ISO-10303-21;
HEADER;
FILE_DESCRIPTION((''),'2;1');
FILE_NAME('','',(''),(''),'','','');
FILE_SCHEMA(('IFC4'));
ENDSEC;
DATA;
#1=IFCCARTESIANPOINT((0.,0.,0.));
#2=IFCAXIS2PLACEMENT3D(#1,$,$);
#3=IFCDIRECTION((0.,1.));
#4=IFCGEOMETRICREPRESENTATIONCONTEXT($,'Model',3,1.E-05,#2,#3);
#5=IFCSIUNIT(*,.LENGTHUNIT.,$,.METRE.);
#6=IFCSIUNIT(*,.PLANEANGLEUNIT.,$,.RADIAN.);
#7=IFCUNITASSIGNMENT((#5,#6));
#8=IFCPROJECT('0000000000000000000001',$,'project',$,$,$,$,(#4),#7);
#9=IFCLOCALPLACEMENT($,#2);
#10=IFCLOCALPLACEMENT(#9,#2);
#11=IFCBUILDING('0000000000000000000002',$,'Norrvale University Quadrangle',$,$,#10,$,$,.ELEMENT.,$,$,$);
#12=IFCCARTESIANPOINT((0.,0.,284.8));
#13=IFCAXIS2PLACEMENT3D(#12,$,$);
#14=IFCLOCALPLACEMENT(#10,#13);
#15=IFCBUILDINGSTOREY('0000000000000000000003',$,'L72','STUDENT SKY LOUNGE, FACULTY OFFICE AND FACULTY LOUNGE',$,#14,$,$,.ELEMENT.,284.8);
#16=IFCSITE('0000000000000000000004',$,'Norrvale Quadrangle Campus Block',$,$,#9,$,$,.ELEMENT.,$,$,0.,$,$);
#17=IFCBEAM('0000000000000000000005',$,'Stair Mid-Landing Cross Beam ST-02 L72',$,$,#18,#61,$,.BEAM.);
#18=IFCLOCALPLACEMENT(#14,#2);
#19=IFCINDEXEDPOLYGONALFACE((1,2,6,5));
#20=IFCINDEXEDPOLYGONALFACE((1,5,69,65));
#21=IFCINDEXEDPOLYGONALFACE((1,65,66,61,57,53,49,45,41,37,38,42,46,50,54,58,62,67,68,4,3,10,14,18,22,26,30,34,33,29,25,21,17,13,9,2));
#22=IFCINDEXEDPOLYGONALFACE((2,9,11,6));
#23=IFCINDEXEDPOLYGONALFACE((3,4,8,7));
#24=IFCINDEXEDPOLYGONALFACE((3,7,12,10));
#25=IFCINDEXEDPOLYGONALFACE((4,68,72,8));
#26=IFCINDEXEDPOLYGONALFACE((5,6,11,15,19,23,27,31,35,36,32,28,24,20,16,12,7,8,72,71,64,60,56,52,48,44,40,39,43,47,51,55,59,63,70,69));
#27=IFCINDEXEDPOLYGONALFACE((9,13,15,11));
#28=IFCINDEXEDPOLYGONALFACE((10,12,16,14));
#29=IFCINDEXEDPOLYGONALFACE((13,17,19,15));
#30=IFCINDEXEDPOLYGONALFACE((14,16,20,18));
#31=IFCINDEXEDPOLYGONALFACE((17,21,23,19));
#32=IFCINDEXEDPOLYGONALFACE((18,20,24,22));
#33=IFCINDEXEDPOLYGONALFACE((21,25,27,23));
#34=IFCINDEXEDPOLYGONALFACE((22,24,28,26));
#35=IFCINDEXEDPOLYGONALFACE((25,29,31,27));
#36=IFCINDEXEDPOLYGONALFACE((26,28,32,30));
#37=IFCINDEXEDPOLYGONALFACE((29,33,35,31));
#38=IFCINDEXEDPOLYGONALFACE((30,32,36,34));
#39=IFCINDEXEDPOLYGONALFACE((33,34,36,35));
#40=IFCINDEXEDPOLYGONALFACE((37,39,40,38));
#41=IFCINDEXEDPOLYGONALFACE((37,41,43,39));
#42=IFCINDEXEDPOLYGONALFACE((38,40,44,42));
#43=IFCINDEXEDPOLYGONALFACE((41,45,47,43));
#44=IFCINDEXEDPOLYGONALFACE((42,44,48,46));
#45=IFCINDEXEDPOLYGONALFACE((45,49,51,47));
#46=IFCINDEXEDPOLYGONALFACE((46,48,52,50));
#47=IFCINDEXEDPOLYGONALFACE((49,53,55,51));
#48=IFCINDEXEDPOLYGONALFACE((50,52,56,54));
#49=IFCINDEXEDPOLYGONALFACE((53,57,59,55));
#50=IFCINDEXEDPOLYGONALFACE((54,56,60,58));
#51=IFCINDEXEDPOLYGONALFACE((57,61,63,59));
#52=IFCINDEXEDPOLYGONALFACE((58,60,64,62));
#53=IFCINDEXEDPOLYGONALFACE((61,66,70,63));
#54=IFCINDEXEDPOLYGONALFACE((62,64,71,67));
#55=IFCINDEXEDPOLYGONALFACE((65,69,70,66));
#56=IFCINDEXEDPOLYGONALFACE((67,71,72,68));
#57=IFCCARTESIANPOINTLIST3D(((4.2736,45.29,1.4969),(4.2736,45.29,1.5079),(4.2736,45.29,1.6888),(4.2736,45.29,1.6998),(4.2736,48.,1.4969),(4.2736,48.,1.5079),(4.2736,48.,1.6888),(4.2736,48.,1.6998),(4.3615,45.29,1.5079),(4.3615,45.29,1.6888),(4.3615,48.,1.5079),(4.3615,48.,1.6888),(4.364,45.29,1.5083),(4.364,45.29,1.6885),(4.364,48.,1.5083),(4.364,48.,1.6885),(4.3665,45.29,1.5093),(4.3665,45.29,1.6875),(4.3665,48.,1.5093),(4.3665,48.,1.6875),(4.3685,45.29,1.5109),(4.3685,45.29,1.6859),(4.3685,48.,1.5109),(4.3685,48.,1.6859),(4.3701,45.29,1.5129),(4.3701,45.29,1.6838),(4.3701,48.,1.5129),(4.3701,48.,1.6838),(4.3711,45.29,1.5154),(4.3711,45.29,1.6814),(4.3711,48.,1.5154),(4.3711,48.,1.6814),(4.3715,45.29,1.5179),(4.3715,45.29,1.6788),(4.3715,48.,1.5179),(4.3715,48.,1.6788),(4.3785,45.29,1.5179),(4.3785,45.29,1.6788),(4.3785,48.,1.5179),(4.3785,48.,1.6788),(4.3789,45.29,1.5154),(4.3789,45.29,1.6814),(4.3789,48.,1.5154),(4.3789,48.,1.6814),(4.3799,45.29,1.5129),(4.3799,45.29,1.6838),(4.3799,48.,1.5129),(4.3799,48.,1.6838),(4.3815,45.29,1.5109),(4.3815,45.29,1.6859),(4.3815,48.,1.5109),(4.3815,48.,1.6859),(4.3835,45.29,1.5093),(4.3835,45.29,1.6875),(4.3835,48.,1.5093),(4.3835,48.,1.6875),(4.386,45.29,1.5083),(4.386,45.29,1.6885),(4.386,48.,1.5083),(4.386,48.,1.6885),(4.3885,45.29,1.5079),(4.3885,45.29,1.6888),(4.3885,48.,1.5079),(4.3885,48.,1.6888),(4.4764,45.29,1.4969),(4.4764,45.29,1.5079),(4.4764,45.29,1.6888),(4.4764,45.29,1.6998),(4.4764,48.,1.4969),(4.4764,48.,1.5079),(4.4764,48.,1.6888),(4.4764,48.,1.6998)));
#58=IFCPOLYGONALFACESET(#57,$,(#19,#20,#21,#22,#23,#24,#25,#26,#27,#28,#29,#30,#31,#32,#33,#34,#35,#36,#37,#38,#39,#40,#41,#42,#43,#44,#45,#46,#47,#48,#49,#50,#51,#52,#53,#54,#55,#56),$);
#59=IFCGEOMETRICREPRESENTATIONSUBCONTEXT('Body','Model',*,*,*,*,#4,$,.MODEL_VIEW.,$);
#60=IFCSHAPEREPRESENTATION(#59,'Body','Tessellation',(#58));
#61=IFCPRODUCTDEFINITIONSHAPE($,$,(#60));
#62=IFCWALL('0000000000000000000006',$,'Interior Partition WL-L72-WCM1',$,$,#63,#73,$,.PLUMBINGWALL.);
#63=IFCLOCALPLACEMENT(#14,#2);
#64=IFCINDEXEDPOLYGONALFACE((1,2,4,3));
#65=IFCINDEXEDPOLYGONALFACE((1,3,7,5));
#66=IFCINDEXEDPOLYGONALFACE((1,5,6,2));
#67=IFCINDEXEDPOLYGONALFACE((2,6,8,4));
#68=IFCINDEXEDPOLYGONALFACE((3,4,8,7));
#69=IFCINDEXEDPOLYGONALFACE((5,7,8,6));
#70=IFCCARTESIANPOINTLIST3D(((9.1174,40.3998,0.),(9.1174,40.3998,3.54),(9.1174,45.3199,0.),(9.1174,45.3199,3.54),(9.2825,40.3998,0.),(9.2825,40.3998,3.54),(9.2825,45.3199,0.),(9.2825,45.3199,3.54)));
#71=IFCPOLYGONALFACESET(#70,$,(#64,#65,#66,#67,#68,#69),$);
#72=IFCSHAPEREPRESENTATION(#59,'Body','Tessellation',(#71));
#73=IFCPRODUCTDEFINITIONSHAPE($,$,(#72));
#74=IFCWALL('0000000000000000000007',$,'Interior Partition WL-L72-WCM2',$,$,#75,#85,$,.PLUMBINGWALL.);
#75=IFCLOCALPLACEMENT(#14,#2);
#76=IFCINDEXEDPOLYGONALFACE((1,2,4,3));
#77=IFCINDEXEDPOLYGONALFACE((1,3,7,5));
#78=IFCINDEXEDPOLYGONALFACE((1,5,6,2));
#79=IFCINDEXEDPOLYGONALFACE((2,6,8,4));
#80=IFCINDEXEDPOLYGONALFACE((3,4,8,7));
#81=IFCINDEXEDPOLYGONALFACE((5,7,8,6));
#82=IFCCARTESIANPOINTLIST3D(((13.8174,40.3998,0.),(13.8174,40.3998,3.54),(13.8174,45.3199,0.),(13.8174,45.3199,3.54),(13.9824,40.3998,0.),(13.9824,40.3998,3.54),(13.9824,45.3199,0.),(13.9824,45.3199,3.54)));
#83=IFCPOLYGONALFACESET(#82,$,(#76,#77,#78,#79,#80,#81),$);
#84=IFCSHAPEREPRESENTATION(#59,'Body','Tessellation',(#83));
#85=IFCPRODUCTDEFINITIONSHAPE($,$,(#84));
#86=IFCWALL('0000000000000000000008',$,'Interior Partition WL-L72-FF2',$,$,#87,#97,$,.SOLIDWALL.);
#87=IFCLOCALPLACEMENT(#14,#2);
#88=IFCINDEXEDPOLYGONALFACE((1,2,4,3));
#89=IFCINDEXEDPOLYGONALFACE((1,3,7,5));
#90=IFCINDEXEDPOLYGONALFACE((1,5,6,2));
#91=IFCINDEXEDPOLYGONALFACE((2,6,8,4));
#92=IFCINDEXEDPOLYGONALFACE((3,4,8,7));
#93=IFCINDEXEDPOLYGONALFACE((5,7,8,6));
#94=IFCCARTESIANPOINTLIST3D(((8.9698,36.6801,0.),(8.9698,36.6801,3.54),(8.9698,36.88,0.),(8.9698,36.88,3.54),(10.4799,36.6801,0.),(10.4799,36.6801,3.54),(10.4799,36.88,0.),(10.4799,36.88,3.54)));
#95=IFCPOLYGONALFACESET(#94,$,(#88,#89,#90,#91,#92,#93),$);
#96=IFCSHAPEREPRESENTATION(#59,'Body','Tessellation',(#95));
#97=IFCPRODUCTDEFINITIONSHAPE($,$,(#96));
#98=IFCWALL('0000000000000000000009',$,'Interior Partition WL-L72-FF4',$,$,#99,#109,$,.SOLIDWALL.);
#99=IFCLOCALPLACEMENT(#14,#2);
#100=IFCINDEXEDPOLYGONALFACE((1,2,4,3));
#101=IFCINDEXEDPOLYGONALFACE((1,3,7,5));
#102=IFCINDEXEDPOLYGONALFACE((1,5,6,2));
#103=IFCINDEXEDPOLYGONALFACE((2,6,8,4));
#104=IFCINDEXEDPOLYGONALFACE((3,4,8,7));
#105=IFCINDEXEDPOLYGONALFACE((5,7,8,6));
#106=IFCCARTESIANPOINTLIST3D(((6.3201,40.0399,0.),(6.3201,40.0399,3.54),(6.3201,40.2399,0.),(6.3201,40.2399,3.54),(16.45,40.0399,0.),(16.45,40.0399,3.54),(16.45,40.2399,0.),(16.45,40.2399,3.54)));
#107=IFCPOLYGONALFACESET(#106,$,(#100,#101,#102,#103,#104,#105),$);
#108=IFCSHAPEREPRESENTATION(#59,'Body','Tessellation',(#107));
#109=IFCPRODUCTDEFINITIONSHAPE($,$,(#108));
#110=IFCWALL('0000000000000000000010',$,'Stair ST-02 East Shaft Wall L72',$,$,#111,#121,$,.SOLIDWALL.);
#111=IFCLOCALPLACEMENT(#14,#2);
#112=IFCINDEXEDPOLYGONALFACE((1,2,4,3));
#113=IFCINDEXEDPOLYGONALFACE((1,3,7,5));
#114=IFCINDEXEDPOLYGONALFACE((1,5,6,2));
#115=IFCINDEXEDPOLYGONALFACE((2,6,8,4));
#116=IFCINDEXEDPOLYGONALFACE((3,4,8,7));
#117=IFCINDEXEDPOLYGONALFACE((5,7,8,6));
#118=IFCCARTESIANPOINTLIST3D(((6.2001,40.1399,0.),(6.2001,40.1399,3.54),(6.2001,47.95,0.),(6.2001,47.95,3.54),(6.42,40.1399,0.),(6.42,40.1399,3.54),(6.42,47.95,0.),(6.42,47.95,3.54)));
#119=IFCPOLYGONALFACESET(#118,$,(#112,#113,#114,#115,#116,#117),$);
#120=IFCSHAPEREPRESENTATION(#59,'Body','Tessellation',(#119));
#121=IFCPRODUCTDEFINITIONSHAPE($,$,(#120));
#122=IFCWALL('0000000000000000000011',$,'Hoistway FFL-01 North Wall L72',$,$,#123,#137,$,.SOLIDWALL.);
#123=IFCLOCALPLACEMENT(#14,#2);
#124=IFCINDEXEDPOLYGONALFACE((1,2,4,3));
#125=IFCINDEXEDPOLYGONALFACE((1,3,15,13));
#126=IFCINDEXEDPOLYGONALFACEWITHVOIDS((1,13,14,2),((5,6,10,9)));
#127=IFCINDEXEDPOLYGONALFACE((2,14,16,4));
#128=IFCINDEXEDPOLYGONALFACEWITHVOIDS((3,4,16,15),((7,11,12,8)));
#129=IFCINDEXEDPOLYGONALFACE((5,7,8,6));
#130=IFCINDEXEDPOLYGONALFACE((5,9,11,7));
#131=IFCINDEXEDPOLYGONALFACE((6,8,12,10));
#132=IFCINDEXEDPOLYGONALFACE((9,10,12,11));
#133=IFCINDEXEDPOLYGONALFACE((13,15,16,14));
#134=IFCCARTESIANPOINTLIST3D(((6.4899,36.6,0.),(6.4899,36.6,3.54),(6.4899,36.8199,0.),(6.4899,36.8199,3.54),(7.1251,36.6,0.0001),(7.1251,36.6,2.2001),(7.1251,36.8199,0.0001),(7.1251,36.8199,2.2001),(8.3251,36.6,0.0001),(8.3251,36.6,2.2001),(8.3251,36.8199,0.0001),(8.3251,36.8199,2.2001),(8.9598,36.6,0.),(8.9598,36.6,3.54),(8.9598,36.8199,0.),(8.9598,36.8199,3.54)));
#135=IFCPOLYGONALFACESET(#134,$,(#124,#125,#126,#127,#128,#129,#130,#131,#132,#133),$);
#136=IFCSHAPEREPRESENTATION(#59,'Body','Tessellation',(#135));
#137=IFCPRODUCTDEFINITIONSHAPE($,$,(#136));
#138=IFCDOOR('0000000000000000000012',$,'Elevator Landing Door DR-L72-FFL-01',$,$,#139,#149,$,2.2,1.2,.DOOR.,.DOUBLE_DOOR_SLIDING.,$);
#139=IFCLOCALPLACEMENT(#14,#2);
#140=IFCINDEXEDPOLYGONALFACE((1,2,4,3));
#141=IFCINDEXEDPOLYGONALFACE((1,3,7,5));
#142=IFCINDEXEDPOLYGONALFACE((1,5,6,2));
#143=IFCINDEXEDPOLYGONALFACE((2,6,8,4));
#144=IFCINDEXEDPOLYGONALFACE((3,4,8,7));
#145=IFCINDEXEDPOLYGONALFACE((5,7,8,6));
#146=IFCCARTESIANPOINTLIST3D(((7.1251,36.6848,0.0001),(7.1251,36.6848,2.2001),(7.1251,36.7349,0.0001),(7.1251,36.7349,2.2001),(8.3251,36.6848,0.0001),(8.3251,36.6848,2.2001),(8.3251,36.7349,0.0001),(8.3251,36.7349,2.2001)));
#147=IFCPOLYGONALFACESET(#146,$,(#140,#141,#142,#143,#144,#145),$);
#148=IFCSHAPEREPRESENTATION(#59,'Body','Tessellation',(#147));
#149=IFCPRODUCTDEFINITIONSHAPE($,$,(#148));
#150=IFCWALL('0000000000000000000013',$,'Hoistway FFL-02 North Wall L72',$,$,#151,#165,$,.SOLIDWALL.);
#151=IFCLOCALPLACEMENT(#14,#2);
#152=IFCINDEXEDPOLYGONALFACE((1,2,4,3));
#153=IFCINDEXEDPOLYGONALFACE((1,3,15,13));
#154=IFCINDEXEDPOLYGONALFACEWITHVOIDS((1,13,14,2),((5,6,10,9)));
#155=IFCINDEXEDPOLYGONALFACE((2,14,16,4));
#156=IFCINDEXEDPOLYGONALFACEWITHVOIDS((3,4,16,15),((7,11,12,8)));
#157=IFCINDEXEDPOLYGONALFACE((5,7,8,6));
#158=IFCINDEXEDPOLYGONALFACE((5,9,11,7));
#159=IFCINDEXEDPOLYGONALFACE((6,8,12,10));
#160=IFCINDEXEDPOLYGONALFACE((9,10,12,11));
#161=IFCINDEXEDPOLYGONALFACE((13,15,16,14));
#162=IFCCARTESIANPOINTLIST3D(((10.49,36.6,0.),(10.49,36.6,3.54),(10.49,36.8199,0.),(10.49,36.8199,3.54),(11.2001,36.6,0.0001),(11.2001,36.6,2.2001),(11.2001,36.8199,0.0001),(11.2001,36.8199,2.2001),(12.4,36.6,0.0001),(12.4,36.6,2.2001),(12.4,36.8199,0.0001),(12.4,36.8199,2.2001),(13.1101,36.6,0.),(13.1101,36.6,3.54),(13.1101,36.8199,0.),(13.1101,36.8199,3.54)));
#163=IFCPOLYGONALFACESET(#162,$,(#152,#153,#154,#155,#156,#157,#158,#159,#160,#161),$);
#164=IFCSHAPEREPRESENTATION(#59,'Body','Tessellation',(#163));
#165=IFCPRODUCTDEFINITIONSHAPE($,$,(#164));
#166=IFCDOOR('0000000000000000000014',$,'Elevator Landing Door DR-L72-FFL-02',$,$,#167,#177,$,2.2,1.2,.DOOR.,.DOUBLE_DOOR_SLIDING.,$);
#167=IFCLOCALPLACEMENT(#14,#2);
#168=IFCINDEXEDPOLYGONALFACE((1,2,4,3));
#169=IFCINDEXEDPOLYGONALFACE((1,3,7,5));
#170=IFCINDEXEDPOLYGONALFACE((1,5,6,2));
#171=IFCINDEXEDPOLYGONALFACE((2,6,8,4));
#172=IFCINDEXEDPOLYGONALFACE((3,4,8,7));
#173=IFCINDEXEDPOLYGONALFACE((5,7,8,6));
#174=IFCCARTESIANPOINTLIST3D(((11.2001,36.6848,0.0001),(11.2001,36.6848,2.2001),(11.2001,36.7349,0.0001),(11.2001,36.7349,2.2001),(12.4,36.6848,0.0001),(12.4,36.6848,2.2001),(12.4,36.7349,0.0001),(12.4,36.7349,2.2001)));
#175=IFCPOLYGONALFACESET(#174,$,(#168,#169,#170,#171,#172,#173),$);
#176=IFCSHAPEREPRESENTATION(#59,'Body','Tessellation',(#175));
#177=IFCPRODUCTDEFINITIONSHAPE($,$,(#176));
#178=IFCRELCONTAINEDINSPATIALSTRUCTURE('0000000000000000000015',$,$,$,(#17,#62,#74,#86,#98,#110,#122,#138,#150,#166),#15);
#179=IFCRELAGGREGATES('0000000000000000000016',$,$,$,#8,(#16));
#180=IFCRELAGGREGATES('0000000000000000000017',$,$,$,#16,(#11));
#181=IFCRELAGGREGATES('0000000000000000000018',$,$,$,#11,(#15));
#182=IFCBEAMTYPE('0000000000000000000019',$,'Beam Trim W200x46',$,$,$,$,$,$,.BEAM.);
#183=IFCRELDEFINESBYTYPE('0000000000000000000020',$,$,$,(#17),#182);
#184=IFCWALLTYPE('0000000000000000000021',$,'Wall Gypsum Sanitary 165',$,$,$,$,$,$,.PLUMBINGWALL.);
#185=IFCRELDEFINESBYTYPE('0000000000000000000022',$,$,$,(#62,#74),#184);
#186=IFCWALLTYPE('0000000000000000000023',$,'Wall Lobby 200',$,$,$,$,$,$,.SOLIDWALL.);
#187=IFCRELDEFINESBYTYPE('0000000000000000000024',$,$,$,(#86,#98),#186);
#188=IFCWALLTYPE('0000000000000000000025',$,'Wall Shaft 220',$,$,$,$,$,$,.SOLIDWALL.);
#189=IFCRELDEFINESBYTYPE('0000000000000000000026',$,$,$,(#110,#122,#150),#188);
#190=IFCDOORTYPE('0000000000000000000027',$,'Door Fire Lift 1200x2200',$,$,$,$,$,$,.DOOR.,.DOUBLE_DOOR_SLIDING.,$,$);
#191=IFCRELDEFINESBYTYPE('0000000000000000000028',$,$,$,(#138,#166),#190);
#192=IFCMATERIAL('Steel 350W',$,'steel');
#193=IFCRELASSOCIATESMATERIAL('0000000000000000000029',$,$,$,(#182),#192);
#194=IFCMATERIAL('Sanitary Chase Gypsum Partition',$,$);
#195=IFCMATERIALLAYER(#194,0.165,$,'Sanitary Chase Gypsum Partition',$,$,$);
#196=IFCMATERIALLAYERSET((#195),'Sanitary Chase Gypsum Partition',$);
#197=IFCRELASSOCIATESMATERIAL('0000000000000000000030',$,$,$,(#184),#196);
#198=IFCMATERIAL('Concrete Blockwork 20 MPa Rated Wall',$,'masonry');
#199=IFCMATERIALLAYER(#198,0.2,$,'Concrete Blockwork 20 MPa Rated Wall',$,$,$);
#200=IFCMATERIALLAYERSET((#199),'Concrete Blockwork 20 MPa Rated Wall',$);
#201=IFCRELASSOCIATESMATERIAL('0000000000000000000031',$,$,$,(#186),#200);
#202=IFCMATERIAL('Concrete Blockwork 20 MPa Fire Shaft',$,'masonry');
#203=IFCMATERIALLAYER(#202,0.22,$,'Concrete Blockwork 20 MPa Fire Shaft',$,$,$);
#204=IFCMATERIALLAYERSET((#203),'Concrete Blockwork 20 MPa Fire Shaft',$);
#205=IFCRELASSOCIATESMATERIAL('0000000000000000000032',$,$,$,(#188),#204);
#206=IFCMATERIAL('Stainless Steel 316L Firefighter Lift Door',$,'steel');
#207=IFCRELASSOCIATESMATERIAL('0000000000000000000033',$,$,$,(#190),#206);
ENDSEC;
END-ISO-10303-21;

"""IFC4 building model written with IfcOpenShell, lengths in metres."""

from ifc_helpers import new_model, si_unit, direction, frame, frame_2d, origin, origin_2d, place, context, subcontext, project, spatial, rectangle, i_section, extrude, material, layer, layer_set, material_profile, profile_set, type_object, element, fill, save


model = new_model("IFC4")

# Units and contexts
model_context = context("Model", 3, precision=1e-05, world=origin(), true_north=direction((0.0, 1.0)))
body_context = subcontext(model_context, "Body", "Model", "MODEL_VIEW")
ifc_project = project(units=[si_unit("LENGTHUNIT", "METRE"), si_unit("PLANEANGLEUNIT", "RADIAN")], contexts=[model_context])

# Site, building, storey
site_placement = place(None, origin())
site = spatial("IfcSite", under=ifc_project, at=site_placement, Name="Norrvale Quadrangle Campus Block", CompositionType="ELEMENT", RefElevation=0.0)
building_placement = place(site_placement, origin())
building = spatial("IfcBuilding", under=site, at=building_placement, Name="Norrvale University Quadrangle", CompositionType="ELEMENT")
storey_placement = place(building_placement, frame((0.0, 0.0, 284.8)))
storey = spatial("IfcBuildingStorey", under=building, at=storey_placement, Name="L72", Description="STUDENT SKY LOUNGE, FACULTY OFFICE AND FACULTY LOUNGE", CompositionType="ELEMENT", Elevation=284.8)

# Beam
ifc_material_1 = material(Name="Steel 350W", Category="steel")
ifc_material_profile = material_profile(ifc_material_1, i_section(OverallWidth=0.2029, OverallDepth=0.2029, WebThickness=0.0071, FlangeThickness=0.011, FilletRadius=0.01, at=origin_2d()), Name="Steel 350W")
ifc_profile_set = profile_set([ifc_material_profile], Name="Steel 350W")
beam_type = type_object("IfcBeamType", Name="Beam Trim W200x46", PredefinedType="BEAM", material=ifc_profile_set)
beam_placement = place(storey_placement, frame((4.375, 45.29, 1.5984), z_axis=(0.0, 1.0, 0.0), x_axis=(-1.0, 0.0, 0.0)))
element("IfcBeam", 1, at=beam_placement, inside=storey, type_object=beam_type, Name="Stair Mid-Landing Cross Beam ST-02 L72", PredefinedType="BEAM", context=body_context, shape_type="SweptSolid", body=[
    extrude(i_section(OverallWidth=0.2029, OverallDepth=0.2029, WebThickness=0.0071, FlangeThickness=0.011, FilletRadius=0.01, at=origin_2d()), origin(), (0.0, 0.0, 1.0), 2.71),
])

# Shared definitions
ifc_material_2 = material(Name="Sanitary Chase Gypsum Partition")
ifc_layer_1 = layer(ifc_material_2, 0.165, Name="Sanitary Chase Gypsum Partition")
ifc_layer_set_1 = layer_set([ifc_layer_1], Name="Sanitary Chase Gypsum Partition")
wall_type_1 = type_object("IfcWallType", Name="Wall Gypsum Sanitary 165", PredefinedType="PLUMBINGWALL", material=ifc_layer_set_1)

# Walls
for number, where, z_axis, x_axis, name in (
    (2, (9.2, 40.3999, 0.0), (0.0, 0.0, 1.0), (0.0, 1.0, 0.0), "Interior Partition WL-L72-WCM1"),
    (3, (13.8999, 40.3999, 0.0), (0.0, 0.0, 1.0), (0.0, 1.0, 0.0), "Interior Partition WL-L72-WCM2"),
):
    element("IfcWall", number, at=place(storey_placement, frame(where, z_axis=z_axis, x_axis=x_axis)), inside=storey, type_object=wall_type_1, Name=name, PredefinedType="PLUMBINGWALL", context=body_context, shape_type="SweptSolid", body=[
        extrude(rectangle(XDim=4.9202, YDim=0.165, at=frame_2d((2.46, 0.0))), origin(), (0.0, 0.0, 1.0), 3.54),
    ])
ifc_material_3 = material(Name="Concrete Blockwork 20 MPa Rated Wall", Category="masonry")
ifc_layer_2 = layer(ifc_material_3, 0.2, Name="Concrete Blockwork 20 MPa Rated Wall")
ifc_layer_set_2 = layer_set([ifc_layer_2], Name="Concrete Blockwork 20 MPa Rated Wall")
wall_type_2 = type_object("IfcWallType", Name="Wall Lobby 200", PredefinedType="SOLIDWALL", material=ifc_layer_set_2)
wall_1_placement = place(storey_placement, frame((8.97, 36.78, 0.0), z_axis=(0.0, 0.0, 1.0), x_axis=(1.0, 0.0, 0.0)))
element("IfcWall", 4, at=wall_1_placement, inside=storey, type_object=wall_type_2, Name="Interior Partition WL-L72-FF2", PredefinedType="SOLIDWALL", context=body_context, shape_type="SweptSolid", body=[
    extrude(rectangle(XDim=1.51, YDim=0.2, at=frame_2d((0.7549, 0.0))), origin(), (0.0, 0.0, 1.0), 3.54),
])
wall_2_placement = place(storey_placement, frame((6.3201, 40.1399, 0.0), z_axis=(0.0, 0.0, 1.0), x_axis=(1.0, 0.0, 0.0)))
element("IfcWall", 5, at=wall_2_placement, inside=storey, type_object=wall_type_2, Name="Interior Partition WL-L72-FF4", PredefinedType="SOLIDWALL", context=body_context, shape_type="SweptSolid", body=[
    extrude(rectangle(XDim=10.1299, YDim=0.2, at=frame_2d((5.0649, 0.0))), origin(), (0.0, 0.0, 1.0), 3.54),
])
ifc_material_4 = material(Name="Concrete Blockwork 20 MPa Fire Shaft", Category="masonry")
ifc_layer_3 = layer(ifc_material_4, 0.22, Name="Concrete Blockwork 20 MPa Fire Shaft")
ifc_layer_set_3 = layer_set([ifc_layer_3], Name="Concrete Blockwork 20 MPa Fire Shaft")
wall_type_3 = type_object("IfcWallType", Name="Wall Shaft 220", PredefinedType="SOLIDWALL", material=ifc_layer_set_3)
wall_3_placement = place(storey_placement, frame((6.3101, 40.1399, 0.0), z_axis=(0.0, 0.0, 1.0), x_axis=(0.0, 1.0, 0.0)))
element("IfcWall", 6, at=wall_3_placement, inside=storey, type_object=wall_type_3, Name="Stair ST-02 East Shaft Wall L72", PredefinedType="SOLIDWALL", context=body_context, shape_type="SweptSolid", body=[
    extrude(rectangle(XDim=7.8101, YDim=0.22, at=frame_2d((3.905, 0.0))), origin(), (0.0, 0.0, 1.0), 3.54),
])

# Walls, openings, doors
wall_4_placement = place(storey_placement, frame((6.49, 36.71, 0.0), z_axis=(0.0, 0.0, 1.0), x_axis=(1.0, 0.0, 0.0)))
wall_4 = element("IfcWall", 7, at=wall_4_placement, inside=storey, type_object=wall_type_3, Name="Hoistway FFL-01 North Wall L72", PredefinedType="SOLIDWALL", context=body_context, shape_type="SweptSolid", body=[
    extrude(rectangle(XDim=2.47, YDim=0.22, at=frame_2d((1.2349, 0.0))), origin(), (0.0, 0.0, 1.0), 3.54),
])
opening_1_placement = place(wall_4_placement, frame((0.635, 0.0, 0.0)))
opening_1 = element("IfcOpeningElement", 8, at=opening_1_placement, cuts=wall_4, PredefinedType="OPENING", context=body_context, shape_type="SweptSolid", body=[
    extrude(rectangle(XDim=1.2, YDim=2.2, at=frame_2d((0.6001, 1.1001))), frame((0.0, 0.1221, 0.0), z_axis=(0.0, -1.0, 0.0), x_axis=(1.0, 0.0, 0.0)), (0.0, 0.0, 1.0), 0.2439),
])
ifc_material_5 = material(Name="Stainless Steel 316L Firefighter Lift Door", Category="steel")
door_type_1 = type_object("IfcDoorType", Name="Door Fire Lift 1200x2200", OperationType="DOUBLE_DOOR_SLIDING", PredefinedType="DOOR", material=ifc_material_5)
door_1_placement = place(opening_1_placement, origin())
door_1 = element("IfcDoor", 9, at=door_1_placement, inside=storey, type_object=door_type_1, Name="Elevator Landing Door DR-L72-FFL-01", OperationType="DOUBLE_DOOR_SLIDING", OverallHeight=2.2, OverallWidth=1.2, PredefinedType="DOOR", context=body_context, shape_type="SweptSolid", body=[
    extrude(rectangle(XDim=1.2, YDim=2.2, at=frame_2d((0.6001, 1.1001))), frame((0.0, 0.0249, 0.0), z_axis=(0.0, -1.0, 0.0), x_axis=(1.0, 0.0, 0.0)), (0.0, 0.0, 1.0), 0.05),
])
fill(opening_1, door_1)
wall_5_placement = place(storey_placement, frame((10.49, 36.71, 0.0), z_axis=(0.0, 0.0, 1.0), x_axis=(1.0, 0.0, 0.0)))
wall_5 = element("IfcWall", 10, at=wall_5_placement, inside=storey, type_object=wall_type_3, Name="Hoistway FFL-02 North Wall L72", PredefinedType="SOLIDWALL", context=body_context, shape_type="SweptSolid", body=[
    extrude(rectangle(XDim=2.6201, YDim=0.22, at=frame_2d((1.3101, 0.0))), origin(), (0.0, 0.0, 1.0), 3.54),
])
opening_2_placement = place(wall_5_placement, frame((0.71, 0.0, 0.0)))
opening_2 = element("IfcOpeningElement", 11, at=opening_2_placement, cuts=wall_5, PredefinedType="OPENING", context=body_context, shape_type="SweptSolid", body=[
    extrude(rectangle(XDim=1.2, YDim=2.2, at=frame_2d((0.6001, 1.1001))), frame((0.0, 0.1221, 0.0), z_axis=(0.0, -1.0, 0.0), x_axis=(1.0, 0.0, 0.0)), (0.0, 0.0, 1.0), 0.2439),
])
door_2_placement = place(opening_2_placement, origin())
door_2 = element("IfcDoor", 12, at=door_2_placement, inside=storey, type_object=door_type_1, Name="Elevator Landing Door DR-L72-FFL-02", OperationType="DOUBLE_DOOR_SLIDING", OverallHeight=2.2, OverallWidth=1.2, PredefinedType="DOOR", context=body_context, shape_type="SweptSolid", body=[
    extrude(rectangle(XDim=1.2, YDim=2.2, at=frame_2d((0.6001, 1.1001))), frame((0.0, 0.0249, 0.0), z_axis=(0.0, -1.0, 0.0), x_axis=(1.0, 0.0, 0.0)), (0.0, 0.0, 1.0), 0.05),
])
fill(opening_2, door_2)

save(model, "model.ifc")
